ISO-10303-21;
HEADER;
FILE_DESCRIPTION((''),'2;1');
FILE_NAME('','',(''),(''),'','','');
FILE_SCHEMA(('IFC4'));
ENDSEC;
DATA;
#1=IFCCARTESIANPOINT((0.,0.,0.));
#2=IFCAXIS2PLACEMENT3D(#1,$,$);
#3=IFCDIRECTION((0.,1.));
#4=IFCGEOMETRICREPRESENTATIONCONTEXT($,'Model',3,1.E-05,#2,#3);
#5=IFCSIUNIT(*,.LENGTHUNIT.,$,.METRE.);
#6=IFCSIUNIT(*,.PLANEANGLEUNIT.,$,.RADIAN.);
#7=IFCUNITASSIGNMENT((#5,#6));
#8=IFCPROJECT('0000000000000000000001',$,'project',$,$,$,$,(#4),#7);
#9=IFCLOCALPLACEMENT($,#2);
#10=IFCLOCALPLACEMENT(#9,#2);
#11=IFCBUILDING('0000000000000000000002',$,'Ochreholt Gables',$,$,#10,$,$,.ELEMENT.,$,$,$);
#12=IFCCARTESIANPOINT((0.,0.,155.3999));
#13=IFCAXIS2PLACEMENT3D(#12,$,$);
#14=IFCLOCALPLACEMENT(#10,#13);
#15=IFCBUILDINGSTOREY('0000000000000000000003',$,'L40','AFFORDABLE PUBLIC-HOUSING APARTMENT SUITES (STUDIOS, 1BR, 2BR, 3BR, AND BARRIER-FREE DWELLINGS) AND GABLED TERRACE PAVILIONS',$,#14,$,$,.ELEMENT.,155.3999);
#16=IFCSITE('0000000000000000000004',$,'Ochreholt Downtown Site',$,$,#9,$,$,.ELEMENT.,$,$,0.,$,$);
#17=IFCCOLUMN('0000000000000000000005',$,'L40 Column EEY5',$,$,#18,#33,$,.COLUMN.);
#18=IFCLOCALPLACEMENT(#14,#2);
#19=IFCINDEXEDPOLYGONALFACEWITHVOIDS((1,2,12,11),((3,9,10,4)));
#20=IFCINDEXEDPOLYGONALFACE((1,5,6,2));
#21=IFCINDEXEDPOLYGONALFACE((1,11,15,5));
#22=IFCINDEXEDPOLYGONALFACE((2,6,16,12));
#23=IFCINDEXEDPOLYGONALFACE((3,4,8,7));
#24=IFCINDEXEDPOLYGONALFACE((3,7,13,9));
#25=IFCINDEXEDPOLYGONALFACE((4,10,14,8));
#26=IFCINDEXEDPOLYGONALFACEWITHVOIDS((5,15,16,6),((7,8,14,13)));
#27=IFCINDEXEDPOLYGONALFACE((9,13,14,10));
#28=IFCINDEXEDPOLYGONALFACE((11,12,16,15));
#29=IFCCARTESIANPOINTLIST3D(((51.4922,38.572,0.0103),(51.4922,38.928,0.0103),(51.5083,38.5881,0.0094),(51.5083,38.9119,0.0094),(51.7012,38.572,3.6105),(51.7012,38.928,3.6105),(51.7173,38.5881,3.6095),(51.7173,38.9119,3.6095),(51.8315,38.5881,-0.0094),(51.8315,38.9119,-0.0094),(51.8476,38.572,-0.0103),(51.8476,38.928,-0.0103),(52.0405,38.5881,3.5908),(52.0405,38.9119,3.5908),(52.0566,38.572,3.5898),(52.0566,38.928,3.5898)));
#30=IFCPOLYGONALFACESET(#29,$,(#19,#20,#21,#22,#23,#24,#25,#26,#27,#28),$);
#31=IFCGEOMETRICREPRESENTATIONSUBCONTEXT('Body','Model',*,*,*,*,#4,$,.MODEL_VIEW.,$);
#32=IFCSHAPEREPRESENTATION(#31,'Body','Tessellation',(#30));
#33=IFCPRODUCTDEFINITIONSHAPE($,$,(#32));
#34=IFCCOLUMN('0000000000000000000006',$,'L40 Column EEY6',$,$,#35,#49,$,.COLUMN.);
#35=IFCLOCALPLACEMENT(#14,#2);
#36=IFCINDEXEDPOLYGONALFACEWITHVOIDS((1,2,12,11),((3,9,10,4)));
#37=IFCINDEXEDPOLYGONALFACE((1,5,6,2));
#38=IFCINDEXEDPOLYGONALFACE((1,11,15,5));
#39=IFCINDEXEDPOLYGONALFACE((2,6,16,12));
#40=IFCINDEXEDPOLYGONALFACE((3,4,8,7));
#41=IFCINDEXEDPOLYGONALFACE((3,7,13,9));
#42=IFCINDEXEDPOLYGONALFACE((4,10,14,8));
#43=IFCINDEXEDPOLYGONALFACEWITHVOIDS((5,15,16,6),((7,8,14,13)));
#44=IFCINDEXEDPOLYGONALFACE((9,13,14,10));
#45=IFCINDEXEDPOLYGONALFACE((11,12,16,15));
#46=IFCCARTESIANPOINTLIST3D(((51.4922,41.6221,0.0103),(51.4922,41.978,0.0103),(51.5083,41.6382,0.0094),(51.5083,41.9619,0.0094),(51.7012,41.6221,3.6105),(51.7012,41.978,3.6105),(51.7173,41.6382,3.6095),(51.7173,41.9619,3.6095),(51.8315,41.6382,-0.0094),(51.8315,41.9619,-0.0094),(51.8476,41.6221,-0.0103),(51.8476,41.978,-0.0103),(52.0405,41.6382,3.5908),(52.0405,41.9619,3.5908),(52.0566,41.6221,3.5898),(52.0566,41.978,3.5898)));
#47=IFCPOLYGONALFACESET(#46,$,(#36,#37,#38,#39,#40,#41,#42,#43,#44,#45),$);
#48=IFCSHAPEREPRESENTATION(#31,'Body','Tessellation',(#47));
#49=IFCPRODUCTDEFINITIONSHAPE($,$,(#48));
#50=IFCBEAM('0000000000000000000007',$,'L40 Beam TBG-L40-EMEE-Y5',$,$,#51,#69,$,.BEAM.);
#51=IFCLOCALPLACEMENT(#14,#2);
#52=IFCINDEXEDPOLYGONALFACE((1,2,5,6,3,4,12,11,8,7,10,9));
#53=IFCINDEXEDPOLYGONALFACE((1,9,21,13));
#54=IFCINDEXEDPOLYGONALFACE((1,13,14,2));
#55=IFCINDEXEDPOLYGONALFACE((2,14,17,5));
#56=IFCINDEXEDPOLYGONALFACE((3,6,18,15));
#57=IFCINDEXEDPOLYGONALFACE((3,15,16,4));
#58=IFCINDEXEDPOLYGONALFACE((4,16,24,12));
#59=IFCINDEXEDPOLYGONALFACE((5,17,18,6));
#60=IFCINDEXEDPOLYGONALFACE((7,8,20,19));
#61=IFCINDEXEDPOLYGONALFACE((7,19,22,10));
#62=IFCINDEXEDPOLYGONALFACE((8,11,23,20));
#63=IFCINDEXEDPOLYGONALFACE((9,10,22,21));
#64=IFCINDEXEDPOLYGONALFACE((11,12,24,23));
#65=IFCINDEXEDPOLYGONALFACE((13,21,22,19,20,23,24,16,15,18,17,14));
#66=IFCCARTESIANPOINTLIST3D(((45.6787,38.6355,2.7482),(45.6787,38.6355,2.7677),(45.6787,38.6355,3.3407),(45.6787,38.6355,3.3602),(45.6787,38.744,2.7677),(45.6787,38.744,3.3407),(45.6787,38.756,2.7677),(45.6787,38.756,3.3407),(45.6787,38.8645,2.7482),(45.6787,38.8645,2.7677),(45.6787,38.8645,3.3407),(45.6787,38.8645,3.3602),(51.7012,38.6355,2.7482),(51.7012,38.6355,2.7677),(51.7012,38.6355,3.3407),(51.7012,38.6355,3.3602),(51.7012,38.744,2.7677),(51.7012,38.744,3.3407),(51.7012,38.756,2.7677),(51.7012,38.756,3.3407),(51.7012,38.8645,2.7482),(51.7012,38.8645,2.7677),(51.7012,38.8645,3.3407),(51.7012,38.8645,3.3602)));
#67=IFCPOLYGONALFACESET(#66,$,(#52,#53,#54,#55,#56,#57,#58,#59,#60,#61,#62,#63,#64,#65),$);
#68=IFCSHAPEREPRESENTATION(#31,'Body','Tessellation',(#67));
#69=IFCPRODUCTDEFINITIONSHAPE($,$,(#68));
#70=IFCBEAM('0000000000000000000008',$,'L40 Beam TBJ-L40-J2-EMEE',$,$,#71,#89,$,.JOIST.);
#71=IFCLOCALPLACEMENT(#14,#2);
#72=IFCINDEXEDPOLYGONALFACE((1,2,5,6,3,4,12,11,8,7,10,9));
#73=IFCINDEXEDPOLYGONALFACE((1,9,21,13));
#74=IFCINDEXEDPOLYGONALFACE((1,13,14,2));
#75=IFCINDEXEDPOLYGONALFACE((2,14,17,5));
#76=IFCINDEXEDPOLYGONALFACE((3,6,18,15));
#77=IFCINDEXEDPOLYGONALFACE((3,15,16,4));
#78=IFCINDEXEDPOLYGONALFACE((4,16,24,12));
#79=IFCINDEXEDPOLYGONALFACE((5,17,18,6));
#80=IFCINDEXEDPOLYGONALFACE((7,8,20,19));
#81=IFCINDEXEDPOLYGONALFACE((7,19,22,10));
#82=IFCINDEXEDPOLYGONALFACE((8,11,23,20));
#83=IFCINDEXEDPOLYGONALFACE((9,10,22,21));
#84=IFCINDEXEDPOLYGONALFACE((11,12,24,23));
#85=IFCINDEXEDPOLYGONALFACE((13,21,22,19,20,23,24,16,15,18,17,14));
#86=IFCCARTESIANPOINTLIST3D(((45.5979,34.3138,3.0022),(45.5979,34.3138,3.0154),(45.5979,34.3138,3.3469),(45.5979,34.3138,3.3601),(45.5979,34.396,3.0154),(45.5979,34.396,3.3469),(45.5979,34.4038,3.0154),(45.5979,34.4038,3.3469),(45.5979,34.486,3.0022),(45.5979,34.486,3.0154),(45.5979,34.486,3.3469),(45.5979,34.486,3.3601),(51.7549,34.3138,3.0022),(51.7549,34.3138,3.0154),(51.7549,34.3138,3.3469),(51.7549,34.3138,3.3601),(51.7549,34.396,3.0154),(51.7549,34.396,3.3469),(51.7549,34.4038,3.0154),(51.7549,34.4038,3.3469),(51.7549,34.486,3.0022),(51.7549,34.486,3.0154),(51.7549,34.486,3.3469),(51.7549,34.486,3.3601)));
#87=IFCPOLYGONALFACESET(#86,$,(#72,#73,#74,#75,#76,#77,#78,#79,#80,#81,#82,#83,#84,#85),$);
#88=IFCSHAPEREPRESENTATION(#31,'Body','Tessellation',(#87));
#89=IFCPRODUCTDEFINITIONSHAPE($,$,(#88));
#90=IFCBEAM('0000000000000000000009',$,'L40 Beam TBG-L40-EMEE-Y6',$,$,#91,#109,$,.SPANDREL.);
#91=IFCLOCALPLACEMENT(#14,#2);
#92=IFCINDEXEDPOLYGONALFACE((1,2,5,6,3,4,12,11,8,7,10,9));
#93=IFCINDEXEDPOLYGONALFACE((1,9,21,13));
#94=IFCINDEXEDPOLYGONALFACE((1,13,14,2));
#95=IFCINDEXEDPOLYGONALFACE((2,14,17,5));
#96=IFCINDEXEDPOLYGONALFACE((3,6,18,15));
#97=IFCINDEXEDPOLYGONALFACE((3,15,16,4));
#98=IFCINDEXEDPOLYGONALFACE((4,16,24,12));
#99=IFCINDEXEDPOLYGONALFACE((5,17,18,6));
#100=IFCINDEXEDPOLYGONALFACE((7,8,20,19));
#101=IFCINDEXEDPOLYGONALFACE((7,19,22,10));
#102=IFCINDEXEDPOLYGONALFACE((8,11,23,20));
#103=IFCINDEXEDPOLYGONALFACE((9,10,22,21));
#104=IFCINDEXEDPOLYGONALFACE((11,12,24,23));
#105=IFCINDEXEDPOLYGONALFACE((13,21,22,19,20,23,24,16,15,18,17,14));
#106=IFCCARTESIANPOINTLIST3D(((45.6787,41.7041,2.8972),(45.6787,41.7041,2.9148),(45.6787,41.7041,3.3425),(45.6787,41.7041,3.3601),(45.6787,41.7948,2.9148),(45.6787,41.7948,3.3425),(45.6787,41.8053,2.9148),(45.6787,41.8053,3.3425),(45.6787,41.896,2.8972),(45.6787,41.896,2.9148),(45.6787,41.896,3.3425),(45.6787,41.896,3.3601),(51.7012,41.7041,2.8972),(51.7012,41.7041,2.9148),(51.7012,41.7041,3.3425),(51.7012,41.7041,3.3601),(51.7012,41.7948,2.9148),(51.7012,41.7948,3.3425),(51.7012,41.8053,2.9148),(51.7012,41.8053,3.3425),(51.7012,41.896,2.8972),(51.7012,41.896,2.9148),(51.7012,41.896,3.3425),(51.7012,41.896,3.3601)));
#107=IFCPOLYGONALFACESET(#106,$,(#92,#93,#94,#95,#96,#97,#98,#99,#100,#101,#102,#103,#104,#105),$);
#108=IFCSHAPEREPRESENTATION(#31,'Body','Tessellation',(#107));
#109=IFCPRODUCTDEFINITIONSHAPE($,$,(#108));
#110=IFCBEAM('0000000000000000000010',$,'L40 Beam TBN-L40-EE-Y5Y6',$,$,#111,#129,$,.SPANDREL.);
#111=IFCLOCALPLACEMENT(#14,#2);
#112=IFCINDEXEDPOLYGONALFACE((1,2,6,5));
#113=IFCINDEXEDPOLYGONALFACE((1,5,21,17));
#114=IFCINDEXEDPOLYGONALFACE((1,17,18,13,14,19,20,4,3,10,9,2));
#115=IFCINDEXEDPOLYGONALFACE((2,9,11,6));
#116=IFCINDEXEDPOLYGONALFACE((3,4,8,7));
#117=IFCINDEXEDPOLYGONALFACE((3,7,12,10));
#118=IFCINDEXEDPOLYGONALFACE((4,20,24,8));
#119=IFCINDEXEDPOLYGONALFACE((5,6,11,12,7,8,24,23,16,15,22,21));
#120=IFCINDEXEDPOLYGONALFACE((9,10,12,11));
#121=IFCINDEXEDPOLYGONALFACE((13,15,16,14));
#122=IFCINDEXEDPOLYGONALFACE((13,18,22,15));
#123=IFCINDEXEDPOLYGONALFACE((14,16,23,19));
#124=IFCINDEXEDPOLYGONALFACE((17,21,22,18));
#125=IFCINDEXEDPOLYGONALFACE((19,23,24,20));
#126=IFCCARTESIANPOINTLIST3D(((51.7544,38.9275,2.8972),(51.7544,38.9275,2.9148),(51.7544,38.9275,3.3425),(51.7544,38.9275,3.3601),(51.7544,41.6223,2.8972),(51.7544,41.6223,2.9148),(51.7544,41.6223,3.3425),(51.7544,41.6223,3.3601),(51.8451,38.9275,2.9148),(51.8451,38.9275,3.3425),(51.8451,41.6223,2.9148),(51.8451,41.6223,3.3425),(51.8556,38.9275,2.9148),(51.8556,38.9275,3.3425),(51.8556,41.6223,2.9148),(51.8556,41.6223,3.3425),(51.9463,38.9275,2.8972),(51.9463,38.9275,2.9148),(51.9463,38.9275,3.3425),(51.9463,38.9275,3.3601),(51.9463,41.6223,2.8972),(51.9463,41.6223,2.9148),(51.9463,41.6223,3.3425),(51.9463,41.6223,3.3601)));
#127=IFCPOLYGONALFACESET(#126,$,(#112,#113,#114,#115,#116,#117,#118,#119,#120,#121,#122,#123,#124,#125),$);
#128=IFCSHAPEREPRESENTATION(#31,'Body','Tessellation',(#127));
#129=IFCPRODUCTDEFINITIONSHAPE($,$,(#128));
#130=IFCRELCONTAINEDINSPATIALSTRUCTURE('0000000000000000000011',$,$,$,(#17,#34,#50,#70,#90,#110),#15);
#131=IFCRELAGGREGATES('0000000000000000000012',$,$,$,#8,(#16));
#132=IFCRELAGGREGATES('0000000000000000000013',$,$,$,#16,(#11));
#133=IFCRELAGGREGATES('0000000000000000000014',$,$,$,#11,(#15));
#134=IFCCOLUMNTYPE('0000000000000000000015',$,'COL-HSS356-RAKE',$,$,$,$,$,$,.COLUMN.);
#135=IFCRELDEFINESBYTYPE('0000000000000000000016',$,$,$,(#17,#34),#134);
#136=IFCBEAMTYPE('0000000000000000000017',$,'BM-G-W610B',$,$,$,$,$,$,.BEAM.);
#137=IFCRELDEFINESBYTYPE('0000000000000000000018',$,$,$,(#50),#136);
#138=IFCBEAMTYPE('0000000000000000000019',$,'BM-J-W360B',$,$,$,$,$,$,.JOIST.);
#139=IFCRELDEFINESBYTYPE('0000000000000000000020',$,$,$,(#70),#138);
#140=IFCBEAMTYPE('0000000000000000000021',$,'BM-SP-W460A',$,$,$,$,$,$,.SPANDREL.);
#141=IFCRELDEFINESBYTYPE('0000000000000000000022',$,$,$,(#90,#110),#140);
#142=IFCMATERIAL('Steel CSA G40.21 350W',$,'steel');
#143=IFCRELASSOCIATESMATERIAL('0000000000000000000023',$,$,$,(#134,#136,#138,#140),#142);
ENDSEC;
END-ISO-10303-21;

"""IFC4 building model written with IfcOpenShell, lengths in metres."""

from ifc_helpers import new_model, si_unit, direction, frame, origin, origin_2d, place, context, subcontext, project, spatial, hollow_rectangle, i_section, extrude, material, material_profile, profile_set, type_object, element, save


model = new_model("IFC4")

# Units and contexts
model_context = context("Model", 3, precision=1e-05, world=origin(), true_north=direction((0.0, 1.0)))
body_context = subcontext(model_context, "Body", "Model", "MODEL_VIEW")
ifc_project = project(units=[si_unit("LENGTHUNIT", "METRE"), si_unit("PLANEANGLEUNIT", "RADIAN")], contexts=[model_context])

# Site, building, storey
site_placement = place(None, origin())
site = spatial("IfcSite", under=ifc_project, at=site_placement, Name="Ochreholt Downtown Site", CompositionType="ELEMENT", RefElevation=0.0)
building_placement = place(site_placement, origin())
building = spatial("IfcBuilding", under=site, at=building_placement, Name="Ochreholt Gables", CompositionType="ELEMENT")
storey_placement = place(building_placement, frame((0.0, 0.0, 155.3999)))
storey = spatial("IfcBuildingStorey", under=building, at=storey_placement, Name="L40", Description="AFFORDABLE PUBLIC-HOUSING APARTMENT SUITES (STUDIOS, 1BR, 2BR, 3BR, AND BARRIER-FREE DWELLINGS) AND GABLED TERRACE PAVILIONS", CompositionType="ELEMENT", Elevation=155.3999)

# Columns
ifc_material_1 = material(Name="Steel CSA G40.21 350W", Category="steel")
ifc_material_profile_1 = material_profile(ifc_material_1, hollow_rectangle(XDim=0.356, YDim=0.356, WallThickness=0.0161, at=origin_2d()), Name="HSS356X356X16")
ifc_profile_set_1 = profile_set([ifc_material_profile_1], Name="Steel CSA G40.21 350W")
column_type = type_object("IfcColumnType", Name="COL-HSS356-RAKE", PredefinedType="COLUMN", material=ifc_profile_set_1)
for number, where, z_axis, x_axis, name in (
    (1, (51.6699, 38.75, 0.0), (0.057952, 0.0, 0.998319), (0.0, 1.0, 0.0), "L40 Column EEY5"),
    (2, (51.6699, 41.8, 0.0), (0.057952, 0.0, 0.998319), (0.0, 1.0, 0.0), "L40 Column EEY6"),
):
    element("IfcColumn", number, at=place(storey_placement, frame(where, z_axis=z_axis, x_axis=x_axis)), inside=storey, type_object=column_type, Name=name, PredefinedType="COLUMN", context=body_context, shape_type="SweptSolid", body=[
        extrude(hollow_rectangle(XDim=0.356, YDim=0.356, WallThickness=0.0161, at=origin_2d()), origin(), (0.0, 0.0, 1.0), 3.6062),
    ])

# Beams
ifc_material_profile_2 = material_profile(ifc_material_1, i_section(OverallWidth=0.229, OverallDepth=0.6121, WebThickness=0.012, FlangeThickness=0.0195, at=origin_2d()), Name="W610X125")
ifc_profile_set_2 = profile_set([ifc_material_profile_2], Name="Steel CSA G40.21 350W")
beam_type_1 = type_object("IfcBeamType", Name="BM-G-W610B", PredefinedType="BEAM", material=ifc_profile_set_2)
beam_1_placement = place(storey_placement, frame((45.6787, 38.75, 3.0542), z_axis=(1.0, 0.0, 0.0), x_axis=(0.0, 1.0, 0.0)))
element("IfcBeam", 3, at=beam_1_placement, inside=storey, type_object=beam_type_1, Name="L40 Beam TBG-L40-EMEE-Y5", PredefinedType="BEAM", context=body_context, shape_type="SweptSolid", body=[
    extrude(i_section(OverallWidth=0.229, OverallDepth=0.6121, WebThickness=0.012, FlangeThickness=0.0195, at=origin_2d()), origin(), (0.0, 0.0, 1.0), 6.0225),
])
ifc_material_profile_3 = material_profile(ifc_material_1, i_section(OverallWidth=0.1721, OverallDepth=0.3579, WebThickness=0.0078, FlangeThickness=0.0132, at=origin_2d()), Name="W360X57")
ifc_profile_set_3 = profile_set([ifc_material_profile_3], Name="Steel CSA G40.21 350W")
beam_type_2 = type_object("IfcBeamType", Name="BM-J-W360B", PredefinedType="JOIST", material=ifc_profile_set_3)
beam_2_placement = place(storey_placement, frame((45.5979, 34.3999, 3.1812), z_axis=(1.0, 0.0, 0.0), x_axis=(0.0, 1.0, 0.0)))
element("IfcBeam", 4, at=beam_2_placement, inside=storey, type_object=beam_type_2, Name="L40 Beam TBJ-L40-J2-EMEE", PredefinedType="JOIST", context=body_context, shape_type="SweptSolid", body=[
    extrude(i_section(OverallWidth=0.1721, OverallDepth=0.3579, WebThickness=0.0078, FlangeThickness=0.0132, at=origin_2d()), origin(), (0.0, 0.0, 1.0), 6.157),
])
ifc_material_profile_4 = material_profile(ifc_material_1, i_section(OverallWidth=0.1919, OverallDepth=0.4629, WebThickness=0.0105, FlangeThickness=0.0176, at=origin_2d()), Name="W460X89")
ifc_profile_set_4 = profile_set([ifc_material_profile_4], Name="Steel CSA G40.21 350W")
beam_type_3 = type_object("IfcBeamType", Name="BM-SP-W460A", PredefinedType="SPANDREL", material=ifc_profile_set_4)
beam_3_placement = place(storey_placement, frame((45.6787, 41.8, 3.1287), z_axis=(1.0, 0.0, 0.0), x_axis=(0.0, 1.0, 0.0)))
element("IfcBeam", 5, at=beam_3_placement, inside=storey, type_object=beam_type_3, Name="L40 Beam TBG-L40-EMEE-Y6", PredefinedType="SPANDREL", context=body_context, shape_type="SweptSolid", body=[
    extrude(i_section(OverallWidth=0.1919, OverallDepth=0.4629, WebThickness=0.0105, FlangeThickness=0.0176, at=origin_2d()), origin(), (0.0, 0.0, 1.0), 6.0225),
])
beam_4_placement = place(storey_placement, frame((51.8503, 38.9275, 3.1287), z_axis=(0.0, 1.0, 0.0), x_axis=(-1.0, 0.0, 0.0)))
element("IfcBeam", 6, at=beam_4_placement, inside=storey, type_object=beam_type_3, Name="L40 Beam TBN-L40-EE-Y5Y6", PredefinedType="SPANDREL", context=body_context, shape_type="SweptSolid", body=[
    extrude(i_section(OverallWidth=0.1919, OverallDepth=0.4629, WebThickness=0.0105, FlangeThickness=0.0176, at=origin_2d()), origin(), (0.0, 0.0, 1.0), 2.6948),
])

save(model, "model.ifc")
